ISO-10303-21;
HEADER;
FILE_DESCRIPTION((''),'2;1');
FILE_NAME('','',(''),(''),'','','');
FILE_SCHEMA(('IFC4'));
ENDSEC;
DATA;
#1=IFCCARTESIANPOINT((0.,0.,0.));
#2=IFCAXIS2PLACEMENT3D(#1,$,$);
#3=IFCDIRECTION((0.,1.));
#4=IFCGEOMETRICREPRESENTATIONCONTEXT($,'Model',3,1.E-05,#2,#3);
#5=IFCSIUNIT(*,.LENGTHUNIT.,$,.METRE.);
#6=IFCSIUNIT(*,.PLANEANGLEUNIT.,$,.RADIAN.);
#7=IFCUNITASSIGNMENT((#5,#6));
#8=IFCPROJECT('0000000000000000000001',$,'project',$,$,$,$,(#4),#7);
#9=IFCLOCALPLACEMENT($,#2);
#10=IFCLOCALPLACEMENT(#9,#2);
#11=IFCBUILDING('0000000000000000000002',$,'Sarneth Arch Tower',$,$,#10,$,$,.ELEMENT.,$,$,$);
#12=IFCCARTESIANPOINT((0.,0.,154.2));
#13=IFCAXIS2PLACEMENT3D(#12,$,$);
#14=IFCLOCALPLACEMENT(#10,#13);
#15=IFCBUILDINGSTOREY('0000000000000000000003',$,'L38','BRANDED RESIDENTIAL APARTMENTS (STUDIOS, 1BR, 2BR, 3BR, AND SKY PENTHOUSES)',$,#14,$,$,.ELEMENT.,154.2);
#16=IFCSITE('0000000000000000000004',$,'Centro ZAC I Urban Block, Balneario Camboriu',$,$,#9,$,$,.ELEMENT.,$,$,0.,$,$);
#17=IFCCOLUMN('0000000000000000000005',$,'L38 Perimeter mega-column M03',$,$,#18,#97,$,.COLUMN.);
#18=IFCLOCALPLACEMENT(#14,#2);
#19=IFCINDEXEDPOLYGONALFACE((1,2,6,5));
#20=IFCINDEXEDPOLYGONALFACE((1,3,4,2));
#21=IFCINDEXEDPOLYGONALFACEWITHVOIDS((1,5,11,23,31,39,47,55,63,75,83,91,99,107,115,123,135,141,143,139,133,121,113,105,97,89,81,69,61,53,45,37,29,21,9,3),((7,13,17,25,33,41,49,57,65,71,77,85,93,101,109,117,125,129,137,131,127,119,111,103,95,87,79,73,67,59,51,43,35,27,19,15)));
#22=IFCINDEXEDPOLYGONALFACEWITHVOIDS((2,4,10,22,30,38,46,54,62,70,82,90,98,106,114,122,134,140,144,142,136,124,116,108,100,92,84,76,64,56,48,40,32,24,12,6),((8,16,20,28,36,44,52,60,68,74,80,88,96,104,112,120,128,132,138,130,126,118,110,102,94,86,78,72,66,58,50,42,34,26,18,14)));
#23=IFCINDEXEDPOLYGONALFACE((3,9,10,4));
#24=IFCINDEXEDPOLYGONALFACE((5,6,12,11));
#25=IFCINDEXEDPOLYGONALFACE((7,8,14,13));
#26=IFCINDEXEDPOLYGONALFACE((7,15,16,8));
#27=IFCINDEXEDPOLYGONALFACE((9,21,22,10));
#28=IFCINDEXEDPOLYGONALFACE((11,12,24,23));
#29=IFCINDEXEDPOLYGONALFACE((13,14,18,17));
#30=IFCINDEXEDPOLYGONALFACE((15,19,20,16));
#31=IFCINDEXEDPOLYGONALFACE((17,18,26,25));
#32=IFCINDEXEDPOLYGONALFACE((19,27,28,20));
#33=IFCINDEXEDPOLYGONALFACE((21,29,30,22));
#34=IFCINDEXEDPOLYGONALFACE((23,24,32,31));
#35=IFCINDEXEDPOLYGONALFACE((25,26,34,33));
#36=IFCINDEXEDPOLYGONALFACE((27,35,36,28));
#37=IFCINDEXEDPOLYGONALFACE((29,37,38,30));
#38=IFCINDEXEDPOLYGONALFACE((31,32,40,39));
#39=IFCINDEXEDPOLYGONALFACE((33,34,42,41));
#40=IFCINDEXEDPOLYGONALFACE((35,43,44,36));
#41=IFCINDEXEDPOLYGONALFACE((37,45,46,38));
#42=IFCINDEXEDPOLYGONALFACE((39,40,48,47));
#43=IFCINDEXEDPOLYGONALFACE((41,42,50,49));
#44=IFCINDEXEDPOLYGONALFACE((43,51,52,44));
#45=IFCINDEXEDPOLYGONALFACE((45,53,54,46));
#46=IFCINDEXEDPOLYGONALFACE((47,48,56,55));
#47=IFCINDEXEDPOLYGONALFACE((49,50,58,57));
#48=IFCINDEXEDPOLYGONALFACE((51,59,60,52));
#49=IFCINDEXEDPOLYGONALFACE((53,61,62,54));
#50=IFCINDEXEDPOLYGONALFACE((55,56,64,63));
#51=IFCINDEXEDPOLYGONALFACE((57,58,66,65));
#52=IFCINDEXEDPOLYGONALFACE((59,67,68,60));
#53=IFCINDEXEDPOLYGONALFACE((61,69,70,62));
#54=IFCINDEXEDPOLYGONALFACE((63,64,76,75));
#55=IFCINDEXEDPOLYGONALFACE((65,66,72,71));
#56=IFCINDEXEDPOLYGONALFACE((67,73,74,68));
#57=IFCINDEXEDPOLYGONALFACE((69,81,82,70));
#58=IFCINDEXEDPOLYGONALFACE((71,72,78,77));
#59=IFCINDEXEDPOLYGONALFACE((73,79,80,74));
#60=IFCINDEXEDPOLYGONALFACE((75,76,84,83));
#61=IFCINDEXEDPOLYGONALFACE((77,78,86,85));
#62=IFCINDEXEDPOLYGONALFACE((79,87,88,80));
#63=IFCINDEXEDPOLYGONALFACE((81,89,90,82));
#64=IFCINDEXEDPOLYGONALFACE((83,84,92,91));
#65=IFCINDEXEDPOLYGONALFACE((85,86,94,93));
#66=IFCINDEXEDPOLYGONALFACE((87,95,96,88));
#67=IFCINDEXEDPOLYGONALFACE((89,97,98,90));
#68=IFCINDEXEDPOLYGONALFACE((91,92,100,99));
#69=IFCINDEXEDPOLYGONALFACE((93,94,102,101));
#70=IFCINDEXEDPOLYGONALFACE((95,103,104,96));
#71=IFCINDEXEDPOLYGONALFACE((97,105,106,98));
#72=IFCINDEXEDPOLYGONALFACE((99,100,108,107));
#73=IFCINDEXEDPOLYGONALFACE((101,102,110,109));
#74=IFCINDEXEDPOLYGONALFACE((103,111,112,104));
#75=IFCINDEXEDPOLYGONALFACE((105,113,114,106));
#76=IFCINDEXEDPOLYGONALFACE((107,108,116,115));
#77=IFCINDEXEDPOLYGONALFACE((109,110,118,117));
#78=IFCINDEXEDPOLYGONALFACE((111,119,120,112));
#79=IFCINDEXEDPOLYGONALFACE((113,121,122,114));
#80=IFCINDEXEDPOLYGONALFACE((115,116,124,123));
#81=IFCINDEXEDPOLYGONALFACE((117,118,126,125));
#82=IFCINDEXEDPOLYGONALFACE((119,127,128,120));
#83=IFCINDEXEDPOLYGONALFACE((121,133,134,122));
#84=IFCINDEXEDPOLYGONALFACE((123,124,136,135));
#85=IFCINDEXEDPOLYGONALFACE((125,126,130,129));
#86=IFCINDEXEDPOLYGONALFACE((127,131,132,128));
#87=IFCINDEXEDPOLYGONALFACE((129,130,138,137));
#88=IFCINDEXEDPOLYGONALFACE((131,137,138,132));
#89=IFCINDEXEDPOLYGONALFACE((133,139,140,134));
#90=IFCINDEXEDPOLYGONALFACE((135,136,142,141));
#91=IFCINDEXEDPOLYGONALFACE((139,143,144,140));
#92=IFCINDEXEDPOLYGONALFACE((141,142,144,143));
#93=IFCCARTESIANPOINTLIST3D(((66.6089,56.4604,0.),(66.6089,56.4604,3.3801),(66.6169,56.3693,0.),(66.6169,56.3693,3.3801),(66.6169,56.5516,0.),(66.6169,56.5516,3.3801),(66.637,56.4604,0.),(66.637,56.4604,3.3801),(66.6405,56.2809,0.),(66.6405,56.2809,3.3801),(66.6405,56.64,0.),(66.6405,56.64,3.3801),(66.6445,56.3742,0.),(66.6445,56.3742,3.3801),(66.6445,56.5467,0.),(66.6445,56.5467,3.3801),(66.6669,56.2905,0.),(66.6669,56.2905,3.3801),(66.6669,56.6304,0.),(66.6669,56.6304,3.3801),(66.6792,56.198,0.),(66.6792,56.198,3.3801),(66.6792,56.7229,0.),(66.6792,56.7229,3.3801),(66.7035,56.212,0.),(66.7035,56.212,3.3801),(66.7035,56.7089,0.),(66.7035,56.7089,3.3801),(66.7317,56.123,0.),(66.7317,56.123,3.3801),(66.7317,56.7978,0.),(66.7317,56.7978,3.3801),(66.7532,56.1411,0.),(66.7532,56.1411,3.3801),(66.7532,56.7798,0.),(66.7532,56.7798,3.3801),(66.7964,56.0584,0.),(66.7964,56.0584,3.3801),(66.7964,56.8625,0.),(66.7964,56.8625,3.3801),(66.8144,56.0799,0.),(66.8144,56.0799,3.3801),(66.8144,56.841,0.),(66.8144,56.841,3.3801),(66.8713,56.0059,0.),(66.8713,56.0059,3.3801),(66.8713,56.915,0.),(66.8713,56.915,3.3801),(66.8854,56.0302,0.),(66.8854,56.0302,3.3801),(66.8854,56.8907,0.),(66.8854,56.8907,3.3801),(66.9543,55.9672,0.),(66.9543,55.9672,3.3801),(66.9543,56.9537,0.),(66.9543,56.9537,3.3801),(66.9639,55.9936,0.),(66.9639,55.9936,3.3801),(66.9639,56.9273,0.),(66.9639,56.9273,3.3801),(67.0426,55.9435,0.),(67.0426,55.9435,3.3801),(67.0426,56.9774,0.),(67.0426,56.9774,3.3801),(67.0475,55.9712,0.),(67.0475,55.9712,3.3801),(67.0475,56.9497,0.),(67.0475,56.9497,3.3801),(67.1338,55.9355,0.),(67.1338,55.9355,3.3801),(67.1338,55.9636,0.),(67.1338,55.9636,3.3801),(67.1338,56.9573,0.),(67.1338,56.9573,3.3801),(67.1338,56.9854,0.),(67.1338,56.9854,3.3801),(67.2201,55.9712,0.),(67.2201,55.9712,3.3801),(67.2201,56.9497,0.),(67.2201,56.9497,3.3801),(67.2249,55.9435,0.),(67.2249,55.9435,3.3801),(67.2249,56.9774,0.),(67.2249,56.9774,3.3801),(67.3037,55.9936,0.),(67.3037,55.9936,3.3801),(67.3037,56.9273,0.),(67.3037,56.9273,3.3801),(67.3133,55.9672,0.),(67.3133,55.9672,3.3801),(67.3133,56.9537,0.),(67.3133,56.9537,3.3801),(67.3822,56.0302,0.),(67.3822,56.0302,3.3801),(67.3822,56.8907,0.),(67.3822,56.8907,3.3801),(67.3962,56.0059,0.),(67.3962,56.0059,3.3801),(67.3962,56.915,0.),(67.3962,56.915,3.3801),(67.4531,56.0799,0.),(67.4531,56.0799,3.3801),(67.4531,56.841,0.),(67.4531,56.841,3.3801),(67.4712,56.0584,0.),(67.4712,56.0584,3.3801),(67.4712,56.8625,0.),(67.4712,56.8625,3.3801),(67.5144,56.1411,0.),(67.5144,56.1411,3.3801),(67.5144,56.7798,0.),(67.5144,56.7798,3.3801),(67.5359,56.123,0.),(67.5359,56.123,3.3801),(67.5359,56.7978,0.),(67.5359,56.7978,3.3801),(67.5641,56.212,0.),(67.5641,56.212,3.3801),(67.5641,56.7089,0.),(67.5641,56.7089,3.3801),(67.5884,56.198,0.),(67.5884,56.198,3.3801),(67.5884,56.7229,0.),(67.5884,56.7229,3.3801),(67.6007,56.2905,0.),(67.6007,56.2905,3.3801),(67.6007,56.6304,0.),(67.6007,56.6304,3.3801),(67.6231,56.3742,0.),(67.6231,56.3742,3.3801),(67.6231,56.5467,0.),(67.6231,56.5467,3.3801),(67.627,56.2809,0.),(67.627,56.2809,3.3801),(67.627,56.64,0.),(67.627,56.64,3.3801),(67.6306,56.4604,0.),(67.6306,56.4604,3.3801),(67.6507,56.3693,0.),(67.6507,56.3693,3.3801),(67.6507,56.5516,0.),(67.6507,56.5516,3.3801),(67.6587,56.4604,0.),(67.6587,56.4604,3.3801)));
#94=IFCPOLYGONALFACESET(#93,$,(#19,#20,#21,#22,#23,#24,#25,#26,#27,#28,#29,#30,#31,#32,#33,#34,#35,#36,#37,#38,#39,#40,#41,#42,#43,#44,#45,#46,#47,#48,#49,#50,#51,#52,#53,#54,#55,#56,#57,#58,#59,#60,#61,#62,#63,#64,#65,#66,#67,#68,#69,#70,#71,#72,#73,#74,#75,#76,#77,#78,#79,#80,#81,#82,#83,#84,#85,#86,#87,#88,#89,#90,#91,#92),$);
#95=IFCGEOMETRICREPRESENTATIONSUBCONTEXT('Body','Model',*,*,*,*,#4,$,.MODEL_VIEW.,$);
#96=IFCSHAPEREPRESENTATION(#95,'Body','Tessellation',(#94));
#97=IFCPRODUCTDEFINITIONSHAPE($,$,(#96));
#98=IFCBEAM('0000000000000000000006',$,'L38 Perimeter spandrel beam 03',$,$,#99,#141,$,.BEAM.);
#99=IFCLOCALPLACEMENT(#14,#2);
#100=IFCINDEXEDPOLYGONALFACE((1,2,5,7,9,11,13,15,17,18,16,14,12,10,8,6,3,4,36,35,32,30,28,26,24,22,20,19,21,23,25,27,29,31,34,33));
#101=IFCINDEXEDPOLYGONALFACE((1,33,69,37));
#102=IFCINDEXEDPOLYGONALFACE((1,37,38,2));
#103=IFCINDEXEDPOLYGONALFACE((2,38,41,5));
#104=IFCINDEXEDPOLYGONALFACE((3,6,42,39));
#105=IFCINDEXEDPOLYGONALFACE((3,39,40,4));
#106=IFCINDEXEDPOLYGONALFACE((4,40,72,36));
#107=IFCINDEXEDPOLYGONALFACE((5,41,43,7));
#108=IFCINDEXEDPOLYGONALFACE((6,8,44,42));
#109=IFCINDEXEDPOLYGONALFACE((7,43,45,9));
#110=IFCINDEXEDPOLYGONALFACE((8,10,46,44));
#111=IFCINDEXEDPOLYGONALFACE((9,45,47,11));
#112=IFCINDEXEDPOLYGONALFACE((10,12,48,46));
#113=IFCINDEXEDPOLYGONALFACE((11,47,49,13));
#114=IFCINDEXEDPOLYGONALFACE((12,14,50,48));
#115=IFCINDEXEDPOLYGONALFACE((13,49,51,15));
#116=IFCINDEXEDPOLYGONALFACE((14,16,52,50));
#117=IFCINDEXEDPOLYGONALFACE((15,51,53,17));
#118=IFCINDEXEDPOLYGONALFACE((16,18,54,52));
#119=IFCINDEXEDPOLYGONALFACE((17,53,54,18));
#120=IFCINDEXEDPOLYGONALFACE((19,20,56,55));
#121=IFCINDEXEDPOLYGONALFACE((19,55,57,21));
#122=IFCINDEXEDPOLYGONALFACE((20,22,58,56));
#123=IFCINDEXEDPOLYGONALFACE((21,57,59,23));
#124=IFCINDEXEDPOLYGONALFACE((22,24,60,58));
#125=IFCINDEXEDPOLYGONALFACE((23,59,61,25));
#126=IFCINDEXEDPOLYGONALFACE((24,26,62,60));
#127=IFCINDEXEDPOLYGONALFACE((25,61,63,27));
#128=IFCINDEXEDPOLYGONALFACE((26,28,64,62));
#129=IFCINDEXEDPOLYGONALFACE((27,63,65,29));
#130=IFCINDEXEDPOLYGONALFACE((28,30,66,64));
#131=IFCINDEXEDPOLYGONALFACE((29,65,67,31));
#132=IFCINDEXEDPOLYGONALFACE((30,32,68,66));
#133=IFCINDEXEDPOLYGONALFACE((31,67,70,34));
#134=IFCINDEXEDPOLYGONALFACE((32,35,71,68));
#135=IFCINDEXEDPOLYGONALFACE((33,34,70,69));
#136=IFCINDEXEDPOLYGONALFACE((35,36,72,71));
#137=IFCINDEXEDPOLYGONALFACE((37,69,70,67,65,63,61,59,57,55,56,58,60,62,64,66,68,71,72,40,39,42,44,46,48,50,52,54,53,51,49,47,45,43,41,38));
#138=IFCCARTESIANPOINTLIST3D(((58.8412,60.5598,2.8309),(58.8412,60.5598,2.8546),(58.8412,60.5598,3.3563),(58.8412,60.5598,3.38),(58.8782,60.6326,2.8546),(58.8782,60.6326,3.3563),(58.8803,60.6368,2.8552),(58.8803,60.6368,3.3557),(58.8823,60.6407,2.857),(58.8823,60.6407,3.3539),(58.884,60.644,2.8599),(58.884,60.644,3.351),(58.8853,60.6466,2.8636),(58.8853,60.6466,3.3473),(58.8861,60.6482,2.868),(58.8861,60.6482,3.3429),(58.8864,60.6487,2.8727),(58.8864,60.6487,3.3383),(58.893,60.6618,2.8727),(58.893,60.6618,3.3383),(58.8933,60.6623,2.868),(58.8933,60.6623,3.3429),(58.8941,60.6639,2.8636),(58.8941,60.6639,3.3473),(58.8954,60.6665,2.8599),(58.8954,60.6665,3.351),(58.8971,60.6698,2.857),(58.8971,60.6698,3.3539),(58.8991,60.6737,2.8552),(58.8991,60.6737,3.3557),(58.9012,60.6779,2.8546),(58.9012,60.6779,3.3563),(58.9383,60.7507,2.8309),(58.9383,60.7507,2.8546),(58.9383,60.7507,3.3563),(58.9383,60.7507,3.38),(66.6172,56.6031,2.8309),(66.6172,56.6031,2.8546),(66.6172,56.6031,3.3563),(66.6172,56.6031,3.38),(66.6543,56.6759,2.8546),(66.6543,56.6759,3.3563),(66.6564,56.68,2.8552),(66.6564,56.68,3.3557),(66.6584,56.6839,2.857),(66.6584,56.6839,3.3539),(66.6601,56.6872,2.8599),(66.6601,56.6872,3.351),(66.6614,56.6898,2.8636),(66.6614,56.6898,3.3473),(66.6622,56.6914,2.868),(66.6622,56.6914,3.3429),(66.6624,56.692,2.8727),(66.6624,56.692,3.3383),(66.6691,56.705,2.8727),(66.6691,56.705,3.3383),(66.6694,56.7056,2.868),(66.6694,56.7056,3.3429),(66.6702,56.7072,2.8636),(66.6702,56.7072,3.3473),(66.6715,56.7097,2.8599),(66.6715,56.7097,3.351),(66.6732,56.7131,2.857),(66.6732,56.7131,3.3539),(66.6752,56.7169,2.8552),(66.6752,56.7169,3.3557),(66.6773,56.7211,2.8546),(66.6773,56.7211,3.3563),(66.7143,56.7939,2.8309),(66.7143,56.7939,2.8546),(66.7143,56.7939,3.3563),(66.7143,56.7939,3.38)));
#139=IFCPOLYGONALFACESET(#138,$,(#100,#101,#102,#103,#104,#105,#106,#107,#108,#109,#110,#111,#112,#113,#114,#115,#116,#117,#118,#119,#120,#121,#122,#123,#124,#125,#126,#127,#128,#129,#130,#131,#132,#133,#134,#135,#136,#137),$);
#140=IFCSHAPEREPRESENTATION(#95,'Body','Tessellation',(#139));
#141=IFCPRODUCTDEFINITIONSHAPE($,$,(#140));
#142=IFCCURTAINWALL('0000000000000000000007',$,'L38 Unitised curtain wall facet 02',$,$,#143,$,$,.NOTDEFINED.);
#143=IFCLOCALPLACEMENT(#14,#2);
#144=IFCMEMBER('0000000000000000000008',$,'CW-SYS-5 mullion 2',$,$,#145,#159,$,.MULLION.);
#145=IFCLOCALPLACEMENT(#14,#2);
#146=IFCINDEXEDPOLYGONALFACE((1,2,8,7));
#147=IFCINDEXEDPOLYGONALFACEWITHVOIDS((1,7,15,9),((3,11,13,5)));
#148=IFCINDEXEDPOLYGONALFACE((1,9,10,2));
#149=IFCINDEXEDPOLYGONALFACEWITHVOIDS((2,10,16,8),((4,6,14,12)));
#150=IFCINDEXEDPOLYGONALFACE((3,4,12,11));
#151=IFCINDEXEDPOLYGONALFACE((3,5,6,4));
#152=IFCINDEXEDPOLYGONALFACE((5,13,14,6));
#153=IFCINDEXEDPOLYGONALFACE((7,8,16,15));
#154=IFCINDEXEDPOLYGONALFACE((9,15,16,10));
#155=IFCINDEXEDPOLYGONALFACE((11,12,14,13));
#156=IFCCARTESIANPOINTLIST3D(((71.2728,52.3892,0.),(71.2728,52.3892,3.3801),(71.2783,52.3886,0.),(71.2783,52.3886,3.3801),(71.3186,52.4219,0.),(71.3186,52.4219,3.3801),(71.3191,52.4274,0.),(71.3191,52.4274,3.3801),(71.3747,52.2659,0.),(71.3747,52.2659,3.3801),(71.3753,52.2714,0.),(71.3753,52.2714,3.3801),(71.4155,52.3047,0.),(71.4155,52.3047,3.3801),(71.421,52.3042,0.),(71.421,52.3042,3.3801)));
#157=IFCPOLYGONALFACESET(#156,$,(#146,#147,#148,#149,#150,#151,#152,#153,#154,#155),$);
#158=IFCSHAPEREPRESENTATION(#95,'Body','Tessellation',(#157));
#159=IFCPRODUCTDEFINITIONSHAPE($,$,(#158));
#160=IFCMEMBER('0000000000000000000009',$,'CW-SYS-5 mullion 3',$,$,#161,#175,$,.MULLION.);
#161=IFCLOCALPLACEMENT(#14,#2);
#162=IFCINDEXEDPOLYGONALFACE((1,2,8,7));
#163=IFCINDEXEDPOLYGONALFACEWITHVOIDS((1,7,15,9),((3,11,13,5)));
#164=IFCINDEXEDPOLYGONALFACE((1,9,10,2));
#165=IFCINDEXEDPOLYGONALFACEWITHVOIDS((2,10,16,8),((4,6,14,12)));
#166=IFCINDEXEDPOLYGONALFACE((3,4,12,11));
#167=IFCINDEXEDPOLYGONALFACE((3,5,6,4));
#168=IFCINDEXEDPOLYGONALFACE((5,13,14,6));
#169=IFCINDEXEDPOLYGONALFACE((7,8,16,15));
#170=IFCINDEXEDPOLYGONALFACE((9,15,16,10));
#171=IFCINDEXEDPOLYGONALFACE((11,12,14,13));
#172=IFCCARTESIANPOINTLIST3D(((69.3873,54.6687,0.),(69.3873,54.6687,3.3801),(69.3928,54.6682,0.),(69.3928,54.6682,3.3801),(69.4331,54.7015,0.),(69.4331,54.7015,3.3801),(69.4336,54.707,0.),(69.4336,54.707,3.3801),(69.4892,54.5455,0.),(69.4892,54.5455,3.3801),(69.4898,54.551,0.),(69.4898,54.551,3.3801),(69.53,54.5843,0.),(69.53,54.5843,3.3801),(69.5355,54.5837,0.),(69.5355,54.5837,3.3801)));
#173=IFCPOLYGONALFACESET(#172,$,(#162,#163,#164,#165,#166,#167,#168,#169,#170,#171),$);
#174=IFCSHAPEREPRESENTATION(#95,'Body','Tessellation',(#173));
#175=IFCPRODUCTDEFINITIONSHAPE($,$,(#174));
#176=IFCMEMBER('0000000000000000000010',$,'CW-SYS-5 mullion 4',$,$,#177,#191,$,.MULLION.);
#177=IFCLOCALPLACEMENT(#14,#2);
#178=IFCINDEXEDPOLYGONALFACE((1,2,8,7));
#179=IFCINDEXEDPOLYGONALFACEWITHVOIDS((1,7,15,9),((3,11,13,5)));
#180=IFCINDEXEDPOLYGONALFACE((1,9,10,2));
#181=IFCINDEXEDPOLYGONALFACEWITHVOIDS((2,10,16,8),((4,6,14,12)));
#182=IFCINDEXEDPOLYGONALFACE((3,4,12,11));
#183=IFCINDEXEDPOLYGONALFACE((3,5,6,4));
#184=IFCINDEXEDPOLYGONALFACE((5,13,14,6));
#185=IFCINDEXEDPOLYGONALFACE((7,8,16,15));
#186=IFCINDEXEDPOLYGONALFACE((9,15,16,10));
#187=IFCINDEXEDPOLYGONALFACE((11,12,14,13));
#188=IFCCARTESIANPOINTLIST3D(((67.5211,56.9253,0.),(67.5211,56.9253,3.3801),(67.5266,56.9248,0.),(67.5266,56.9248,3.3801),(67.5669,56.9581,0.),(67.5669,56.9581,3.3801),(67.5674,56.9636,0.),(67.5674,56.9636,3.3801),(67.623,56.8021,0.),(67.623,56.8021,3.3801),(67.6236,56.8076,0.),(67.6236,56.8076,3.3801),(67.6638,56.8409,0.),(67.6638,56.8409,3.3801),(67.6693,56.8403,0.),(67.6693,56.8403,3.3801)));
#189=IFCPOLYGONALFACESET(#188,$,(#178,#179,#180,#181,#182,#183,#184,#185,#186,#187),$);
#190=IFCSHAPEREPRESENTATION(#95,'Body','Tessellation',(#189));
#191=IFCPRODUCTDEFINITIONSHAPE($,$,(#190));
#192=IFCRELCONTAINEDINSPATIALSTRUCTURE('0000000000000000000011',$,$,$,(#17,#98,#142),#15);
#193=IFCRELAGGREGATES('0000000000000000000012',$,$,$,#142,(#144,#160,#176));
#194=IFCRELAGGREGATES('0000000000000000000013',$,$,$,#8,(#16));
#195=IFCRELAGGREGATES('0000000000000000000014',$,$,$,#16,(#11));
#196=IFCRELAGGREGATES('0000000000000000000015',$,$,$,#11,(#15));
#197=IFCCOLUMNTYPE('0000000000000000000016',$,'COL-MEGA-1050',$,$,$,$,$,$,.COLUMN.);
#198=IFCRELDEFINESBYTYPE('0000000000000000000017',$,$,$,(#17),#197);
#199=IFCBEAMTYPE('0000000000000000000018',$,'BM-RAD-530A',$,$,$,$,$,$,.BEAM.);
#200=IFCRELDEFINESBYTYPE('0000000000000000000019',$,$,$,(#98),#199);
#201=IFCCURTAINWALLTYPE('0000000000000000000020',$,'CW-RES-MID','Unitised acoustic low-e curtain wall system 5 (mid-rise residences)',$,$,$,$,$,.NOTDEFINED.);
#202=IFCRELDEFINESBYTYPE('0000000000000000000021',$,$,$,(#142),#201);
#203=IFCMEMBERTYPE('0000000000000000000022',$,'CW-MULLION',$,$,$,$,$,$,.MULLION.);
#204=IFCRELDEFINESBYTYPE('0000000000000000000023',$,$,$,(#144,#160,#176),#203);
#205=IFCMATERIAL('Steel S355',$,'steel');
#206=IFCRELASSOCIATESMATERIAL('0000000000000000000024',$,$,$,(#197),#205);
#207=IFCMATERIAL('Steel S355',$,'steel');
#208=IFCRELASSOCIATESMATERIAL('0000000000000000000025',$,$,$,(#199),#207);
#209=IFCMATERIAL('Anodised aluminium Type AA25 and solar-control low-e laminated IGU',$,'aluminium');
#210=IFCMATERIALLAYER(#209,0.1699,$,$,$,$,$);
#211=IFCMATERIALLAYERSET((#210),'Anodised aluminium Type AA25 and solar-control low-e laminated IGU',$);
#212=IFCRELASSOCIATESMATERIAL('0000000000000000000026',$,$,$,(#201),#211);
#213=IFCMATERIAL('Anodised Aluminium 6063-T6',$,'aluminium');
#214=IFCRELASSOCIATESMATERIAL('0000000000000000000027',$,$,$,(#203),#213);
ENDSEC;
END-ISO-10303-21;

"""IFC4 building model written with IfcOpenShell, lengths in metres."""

from ifc_helpers import new_model, si_unit, direction, frame, origin, origin_2d, place, context, subcontext, project, spatial, hollow_rectangle, hollow_circle, i_section, extrude, material, layer, layer_set, material_profile, profile_set, type_object, element, aggregate, save


model = new_model("IFC4")

# Units and contexts
model_context = context("Model", 3, precision=1e-05, world=origin(), true_north=direction((0.0, 1.0)))
body_context = subcontext(model_context, "Body", "Model", "MODEL_VIEW")
ifc_project = project(units=[si_unit("LENGTHUNIT", "METRE"), si_unit("PLANEANGLEUNIT", "RADIAN")], contexts=[model_context])

# Site, building, storey
site_placement = place(None, origin())
site = spatial("IfcSite", under=ifc_project, at=site_placement, Name="Centro ZAC I Urban Block, Balneario Camboriu", CompositionType="ELEMENT", RefElevation=0.0)
building_placement = place(site_placement, origin())
building = spatial("IfcBuilding", under=site, at=building_placement, Name="Sarneth Arch Tower", CompositionType="ELEMENT")
storey_placement = place(building_placement, frame((0.0, 0.0, 154.2)))
storey = spatial("IfcBuildingStorey", under=building, at=storey_placement, Name="L38", Description="BRANDED RESIDENTIAL APARTMENTS (STUDIOS, 1BR, 2BR, 3BR, AND SKY PENTHOUSES)", CompositionType="ELEMENT", Elevation=154.2)

# Column
ifc_material_1 = material(Name="Steel S355", Category="steel")
ifc_material_profile_1 = material_profile(ifc_material_1, hollow_circle(Radius=0.5249, WallThickness=0.0281, at=origin_2d()), Name="CHS1050x28")
ifc_profile_set_1 = profile_set([ifc_material_profile_1], Name="Steel S355")
column_type = type_object("IfcColumnType", Name="COL-MEGA-1050", PredefinedType="COLUMN", material=ifc_profile_set_1)
column_placement = place(storey_placement, frame((67.1338, 56.4604, 0.0), z_axis=(0.0, 0.0, 1.0), x_axis=(1.0, 0.0, 0.0)))
element("IfcColumn", 1, at=column_placement, inside=storey, type_object=column_type, Name="L38 Perimeter mega-column M03", PredefinedType="COLUMN", context=body_context, shape_type="SweptSolid", body=[
    extrude(hollow_circle(Radius=0.5249, WallThickness=0.0281, at=origin_2d()), origin(), (0.0, 0.0, 1.0), 3.3801),
])

# Beam
ifc_material_2 = material(Name="Steel S355", Category="steel")
ifc_material_profile_2 = material_profile(ifc_material_2, i_section(OverallWidth=0.2141, OverallDepth=0.5491, WebThickness=0.0146, FlangeThickness=0.0237, FilletRadius=0.0181, at=origin_2d()), Name="W530x138")
ifc_profile_set_2 = profile_set([ifc_material_profile_2], Name="Steel S355")
beam_type = type_object("IfcBeamType", Name="BM-RAD-530A", PredefinedType="BEAM", material=ifc_profile_set_2)
beam_placement = place(storey_placement, frame((66.6658, 56.6985, 3.1055), z_axis=(-0.891254, 0.453504, 0.0), x_axis=(-0.453504, -0.891254, 0.0)))
element("IfcBeam", 2, at=beam_placement, inside=storey, type_object=beam_type, Name="L38 Perimeter spandrel beam 03", PredefinedType="BEAM", context=body_context, shape_type="SweptSolid", body=[
    extrude(i_section(OverallWidth=0.2141, OverallDepth=0.5491, WebThickness=0.0146, FlangeThickness=0.0237, FilletRadius=0.0181, at=origin_2d()), origin(), (0.0, 0.0, 1.0), 8.7249),
])

# Curtain wall, members
ifc_material_3 = material(Name="Anodised aluminium Type AA25 and solar-control low-e laminated IGU", Category="aluminium")
ifc_layer_1 = layer(ifc_material_3, 0.1699)
ifc_layer_set_1 = layer_set([ifc_layer_1], Name="Anodised aluminium Type AA25 and solar-control low-e laminated IGU")
curtain_wall_type = type_object("IfcCurtainWallType", Name="CW-RES-MID", Description="Unitised acoustic low-e curtain wall system 5 (mid-rise residences)", PredefinedType="NOTDEFINED", material=ifc_layer_set_1)
curtain_wall_placement = place(storey_placement, origin())
curtain_wall = element("IfcCurtainWall", 3, at=curtain_wall_placement, inside=storey, type_object=curtain_wall_type, Name="L38 Unitised curtain wall facet 02", PredefinedType="NOTDEFINED")
ifc_material_4 = material(Name="Anodised Aluminium 6063-T6", Category="aluminium")
ifc_material_profile_3 = material_profile(ifc_material_4, hollow_rectangle(XDim=0.0601, YDim=0.1599, WallThickness=0.0039, at=origin_2d()), Name="AL-MULL-160x60x4")
ifc_profile_set_3 = profile_set([ifc_material_profile_3], Name="Anodised Aluminium 6063-T6")
member_type_1 = type_object("IfcMemberType", Name="CW-MULLION", PredefinedType="MULLION", material=ifc_profile_set_3)
member_1_placement = place(storey_placement, frame((71.3469, 52.3467, 0.0), z_axis=(0.0, 0.0, 1.0), x_axis=(-0.770591, -0.63733, 0.0)))
member_1 = element("IfcMember", 4, at=member_1_placement, type_object=member_type_1, Name="CW-SYS-5 mullion 2", PredefinedType="MULLION", context=body_context, shape_type="SweptSolid", body=[
    extrude(hollow_rectangle(XDim=0.0601, YDim=0.1599, WallThickness=0.0039, at=origin_2d()), origin(), (0.0, 0.0, 1.0), 3.3801),
])
member_2_placement = place(storey_placement, frame((69.4614, 54.6262, 0.0), z_axis=(0.0, 0.0, 1.0), x_axis=(-0.770591, -0.63733, 0.0)))
member_2 = element("IfcMember", 5, at=member_2_placement, type_object=member_type_1, Name="CW-SYS-5 mullion 3", PredefinedType="MULLION", context=body_context, shape_type="SweptSolid", body=[
    extrude(hollow_rectangle(XDim=0.0601, YDim=0.1599, WallThickness=0.0039, at=origin_2d()), origin(), (0.0, 0.0, 1.0), 3.3801),
])
member_3_placement = place(storey_placement, frame((67.5952, 56.8828, 0.0), z_axis=(0.0, 0.0, 1.0), x_axis=(-0.770591, -0.63733, 0.0)))
member_3 = element("IfcMember", 6, at=member_3_placement, type_object=member_type_1, Name="CW-SYS-5 mullion 4", PredefinedType="MULLION", context=body_context, shape_type="SweptSolid", body=[
    extrude(hollow_rectangle(XDim=0.0601, YDim=0.1599, WallThickness=0.0039, at=origin_2d()), origin(), (0.0, 0.0, 1.0), 3.3801),
])

aggregate(curtain_wall, [member_1, member_2, member_3])

save(model, "model.ifc")
